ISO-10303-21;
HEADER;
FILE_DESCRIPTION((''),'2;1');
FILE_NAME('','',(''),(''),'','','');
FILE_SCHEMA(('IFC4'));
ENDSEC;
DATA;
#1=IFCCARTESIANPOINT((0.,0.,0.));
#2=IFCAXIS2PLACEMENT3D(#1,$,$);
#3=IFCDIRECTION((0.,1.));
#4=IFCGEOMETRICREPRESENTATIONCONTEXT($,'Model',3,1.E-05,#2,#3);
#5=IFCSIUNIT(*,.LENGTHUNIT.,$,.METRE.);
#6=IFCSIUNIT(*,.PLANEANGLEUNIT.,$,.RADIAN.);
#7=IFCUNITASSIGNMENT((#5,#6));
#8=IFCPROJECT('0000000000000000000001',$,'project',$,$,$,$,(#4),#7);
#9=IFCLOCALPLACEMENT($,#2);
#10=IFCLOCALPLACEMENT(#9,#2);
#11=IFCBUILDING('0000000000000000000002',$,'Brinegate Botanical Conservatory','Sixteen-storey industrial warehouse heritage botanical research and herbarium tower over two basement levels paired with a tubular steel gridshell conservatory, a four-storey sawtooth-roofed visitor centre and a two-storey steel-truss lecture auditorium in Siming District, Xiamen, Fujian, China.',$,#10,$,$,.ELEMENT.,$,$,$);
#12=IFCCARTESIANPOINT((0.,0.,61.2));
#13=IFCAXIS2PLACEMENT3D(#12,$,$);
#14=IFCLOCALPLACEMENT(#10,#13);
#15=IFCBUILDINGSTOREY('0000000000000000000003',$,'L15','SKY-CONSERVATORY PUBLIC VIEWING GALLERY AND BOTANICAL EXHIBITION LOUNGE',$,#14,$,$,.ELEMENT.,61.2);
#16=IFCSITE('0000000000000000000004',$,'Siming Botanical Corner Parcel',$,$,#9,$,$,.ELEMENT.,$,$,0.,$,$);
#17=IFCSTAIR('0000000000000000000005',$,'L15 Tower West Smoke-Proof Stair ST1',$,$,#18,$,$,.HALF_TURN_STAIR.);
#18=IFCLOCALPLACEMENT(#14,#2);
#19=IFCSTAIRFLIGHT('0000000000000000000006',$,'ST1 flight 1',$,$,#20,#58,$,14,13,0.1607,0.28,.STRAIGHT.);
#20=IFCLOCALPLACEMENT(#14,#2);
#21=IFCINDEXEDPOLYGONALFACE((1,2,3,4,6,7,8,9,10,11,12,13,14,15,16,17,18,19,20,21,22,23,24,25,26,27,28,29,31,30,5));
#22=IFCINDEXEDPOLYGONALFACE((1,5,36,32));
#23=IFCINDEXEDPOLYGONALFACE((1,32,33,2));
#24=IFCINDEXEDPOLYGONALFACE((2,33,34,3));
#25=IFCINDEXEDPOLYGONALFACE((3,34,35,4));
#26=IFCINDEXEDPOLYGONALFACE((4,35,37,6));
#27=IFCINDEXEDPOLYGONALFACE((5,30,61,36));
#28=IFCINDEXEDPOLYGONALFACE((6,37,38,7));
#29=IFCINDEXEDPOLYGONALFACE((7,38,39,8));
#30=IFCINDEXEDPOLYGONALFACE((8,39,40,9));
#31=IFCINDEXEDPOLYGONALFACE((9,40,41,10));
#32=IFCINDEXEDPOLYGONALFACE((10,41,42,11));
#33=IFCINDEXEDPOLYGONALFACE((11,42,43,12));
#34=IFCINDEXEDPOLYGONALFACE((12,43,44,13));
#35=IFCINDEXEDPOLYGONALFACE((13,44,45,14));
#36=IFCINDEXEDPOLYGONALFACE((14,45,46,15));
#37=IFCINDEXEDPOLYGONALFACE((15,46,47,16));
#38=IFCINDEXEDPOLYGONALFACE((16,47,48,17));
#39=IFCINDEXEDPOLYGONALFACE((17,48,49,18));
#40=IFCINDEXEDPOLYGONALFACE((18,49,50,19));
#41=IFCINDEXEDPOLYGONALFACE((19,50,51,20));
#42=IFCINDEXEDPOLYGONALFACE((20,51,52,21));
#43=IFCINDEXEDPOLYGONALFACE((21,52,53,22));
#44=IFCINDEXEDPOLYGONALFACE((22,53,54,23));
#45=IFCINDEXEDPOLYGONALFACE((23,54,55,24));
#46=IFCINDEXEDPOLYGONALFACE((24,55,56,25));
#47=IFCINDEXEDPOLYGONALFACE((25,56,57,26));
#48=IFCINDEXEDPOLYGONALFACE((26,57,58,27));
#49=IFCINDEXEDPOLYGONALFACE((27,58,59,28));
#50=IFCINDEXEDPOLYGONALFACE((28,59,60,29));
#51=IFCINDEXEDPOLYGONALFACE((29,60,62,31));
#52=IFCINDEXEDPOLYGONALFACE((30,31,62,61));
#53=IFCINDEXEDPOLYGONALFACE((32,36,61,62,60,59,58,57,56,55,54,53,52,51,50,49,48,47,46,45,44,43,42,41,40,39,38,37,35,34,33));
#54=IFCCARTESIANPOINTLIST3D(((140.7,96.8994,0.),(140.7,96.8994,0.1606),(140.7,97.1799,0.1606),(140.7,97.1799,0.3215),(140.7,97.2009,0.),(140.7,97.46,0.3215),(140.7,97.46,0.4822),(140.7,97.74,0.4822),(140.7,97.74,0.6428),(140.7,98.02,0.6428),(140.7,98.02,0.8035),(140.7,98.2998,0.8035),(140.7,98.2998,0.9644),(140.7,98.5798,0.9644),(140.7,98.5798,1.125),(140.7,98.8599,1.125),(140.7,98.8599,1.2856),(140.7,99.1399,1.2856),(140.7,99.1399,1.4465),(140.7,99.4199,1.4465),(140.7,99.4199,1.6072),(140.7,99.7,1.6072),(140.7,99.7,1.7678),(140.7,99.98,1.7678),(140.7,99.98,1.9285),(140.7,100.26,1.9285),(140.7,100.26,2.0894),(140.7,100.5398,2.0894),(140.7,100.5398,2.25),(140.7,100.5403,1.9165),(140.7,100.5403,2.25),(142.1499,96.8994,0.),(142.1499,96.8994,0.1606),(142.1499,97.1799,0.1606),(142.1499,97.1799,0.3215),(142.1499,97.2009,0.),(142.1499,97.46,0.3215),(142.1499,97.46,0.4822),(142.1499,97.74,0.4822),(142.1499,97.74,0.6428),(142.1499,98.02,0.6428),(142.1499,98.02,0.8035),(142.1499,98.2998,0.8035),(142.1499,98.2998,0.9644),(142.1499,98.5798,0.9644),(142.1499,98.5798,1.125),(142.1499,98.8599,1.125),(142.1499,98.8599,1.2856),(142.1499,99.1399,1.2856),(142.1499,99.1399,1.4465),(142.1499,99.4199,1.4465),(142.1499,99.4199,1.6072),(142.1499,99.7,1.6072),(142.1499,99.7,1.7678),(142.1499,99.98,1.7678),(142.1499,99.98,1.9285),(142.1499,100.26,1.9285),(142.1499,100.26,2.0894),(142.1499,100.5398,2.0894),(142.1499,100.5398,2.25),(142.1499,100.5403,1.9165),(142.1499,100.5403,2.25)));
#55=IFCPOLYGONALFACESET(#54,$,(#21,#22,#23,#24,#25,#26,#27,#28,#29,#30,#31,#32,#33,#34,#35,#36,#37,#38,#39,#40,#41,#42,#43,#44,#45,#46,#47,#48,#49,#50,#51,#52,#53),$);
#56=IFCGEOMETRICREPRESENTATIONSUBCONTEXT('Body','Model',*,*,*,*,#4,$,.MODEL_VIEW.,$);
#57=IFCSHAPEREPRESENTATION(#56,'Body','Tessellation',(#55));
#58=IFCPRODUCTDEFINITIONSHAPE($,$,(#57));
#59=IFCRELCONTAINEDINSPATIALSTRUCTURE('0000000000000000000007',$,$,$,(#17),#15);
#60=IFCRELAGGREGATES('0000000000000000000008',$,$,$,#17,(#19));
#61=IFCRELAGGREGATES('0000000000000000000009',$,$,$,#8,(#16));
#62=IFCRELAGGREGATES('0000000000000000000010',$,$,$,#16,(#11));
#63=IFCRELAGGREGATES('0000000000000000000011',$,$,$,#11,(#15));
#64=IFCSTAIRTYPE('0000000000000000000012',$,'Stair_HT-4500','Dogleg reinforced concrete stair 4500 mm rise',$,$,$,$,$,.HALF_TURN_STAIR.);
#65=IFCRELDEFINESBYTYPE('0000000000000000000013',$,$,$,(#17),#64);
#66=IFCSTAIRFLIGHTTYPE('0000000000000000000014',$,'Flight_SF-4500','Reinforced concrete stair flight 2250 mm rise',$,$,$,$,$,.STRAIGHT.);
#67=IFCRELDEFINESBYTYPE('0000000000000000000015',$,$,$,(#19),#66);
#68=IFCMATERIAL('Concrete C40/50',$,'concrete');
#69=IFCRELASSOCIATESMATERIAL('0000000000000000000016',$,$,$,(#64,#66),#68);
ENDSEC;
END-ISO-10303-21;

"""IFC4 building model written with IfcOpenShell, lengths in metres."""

from ifc_helpers import new_model, si_unit, direction, frame, origin, place, context, subcontext, project, spatial, polyline, outline, extrude, material, type_object, element, aggregate, save


model = new_model("IFC4")

# Units and contexts
model_context = context("Model", 3, precision=1e-05, world=origin(), true_north=direction((0.0, 1.0)))
body_context = subcontext(model_context, "Body", "Model", "MODEL_VIEW")
ifc_project = project(units=[si_unit("LENGTHUNIT", "METRE"), si_unit("PLANEANGLEUNIT", "RADIAN")], contexts=[model_context])

# Site, building, storey
site_placement = place(None, origin())
site = spatial("IfcSite", under=ifc_project, at=site_placement, Name="Siming Botanical Corner Parcel", CompositionType="ELEMENT", RefElevation=0.0)
building_placement = place(site_placement, origin())
building = spatial("IfcBuilding", under=site, at=building_placement, Name="Brinegate Botanical Conservatory", Description="Sixteen-storey industrial warehouse heritage botanical research and herbarium tower over two basement levels paired with a tubular steel gridshell conservatory, a four-storey sawtooth-roofed visitor centre and a two-storey steel-truss lecture auditorium in Siming District, Xiamen, Fujian, China.", CompositionType="ELEMENT")
storey_placement = place(building_placement, frame((0.0, 0.0, 61.2)))
storey = spatial("IfcBuildingStorey", under=building, at=storey_placement, Name="L15", Description="SKY-CONSERVATORY PUBLIC VIEWING GALLERY AND BOTANICAL EXHIBITION LOUNGE", CompositionType="ELEMENT", Elevation=61.2)

# Shared definitions
ifc_material_1 = material(Name="Concrete C40/50", Category="concrete")

# Stair, stair flight
stair_type = type_object("IfcStairType", Name="Stair_HT-4500", Description="Dogleg reinforced concrete stair 4500 mm rise", PredefinedType="HALF_TURN_STAIR", material=ifc_material_1)
stair_placement = place(storey_placement, origin())
stair = element("IfcStair", 1, at=stair_placement, inside=storey, type_object=stair_type, Name="L15 Tower West Smoke-Proof Stair ST1", PredefinedType="HALF_TURN_STAIR")
stair_flight_type = type_object("IfcStairFlightType", Name="Flight_SF-4500", Description="Reinforced concrete stair flight 2250 mm rise", PredefinedType="STRAIGHT", material=ifc_material_1)
stair_flight_placement = place(storey_placement, frame((141.425, 96.8999, 0.0), z_axis=(0.0, 0.0, 1.0), x_axis=(0.0, 1.0, 0.0)))
stair_flight = element("IfcStairFlight", 2, at=stair_flight_placement, type_object=stair_flight_type, Name="ST1 flight 1", NumberOfRisers=14, NumberOfTreads=13, PredefinedType="STRAIGHT", RiserHeight=0.1607, TreadLength=0.28, context=body_context, shape_type="SweptSolid", body=[
    extrude(outline(polyline([(-0.0005, 0.0), (-0.0005, 0.1606), (0.28, 0.1606), (0.28, 0.3215), (0.5601, 0.3215), (0.5601, 0.4822), (0.8401, 0.4822), (0.8401, 0.6428), (1.1201, 0.6428), (1.1201, 0.8035), (1.3999, 0.8035), (1.3999, 0.9644), (1.6799, 0.9644), (1.6799, 1.125), (1.96, 1.125), (1.96, 1.2856), (2.24, 1.2856), (2.24, 1.4465), (2.52, 1.4465), (2.52, 1.6072), (2.8, 1.6072), (2.8, 1.7678), (3.0801, 1.7678), (3.0801, 1.9285), (3.3601, 1.9285), (3.3601, 2.0894), (3.6399, 2.0894), (3.6399, 2.25), (3.6404, 2.25), (3.6404, 1.9165), (0.301, 0.0), (-0.0005, 0.0)])), frame((0.0, 0.7251, 0.0), z_axis=(0.0, -1.0, 0.0), x_axis=(1.0, 0.0, 0.0)), (0.0, 0.0, 1.0), 1.45),
])
aggregate(stair, [stair_flight])

save(model, "model.ifc")
